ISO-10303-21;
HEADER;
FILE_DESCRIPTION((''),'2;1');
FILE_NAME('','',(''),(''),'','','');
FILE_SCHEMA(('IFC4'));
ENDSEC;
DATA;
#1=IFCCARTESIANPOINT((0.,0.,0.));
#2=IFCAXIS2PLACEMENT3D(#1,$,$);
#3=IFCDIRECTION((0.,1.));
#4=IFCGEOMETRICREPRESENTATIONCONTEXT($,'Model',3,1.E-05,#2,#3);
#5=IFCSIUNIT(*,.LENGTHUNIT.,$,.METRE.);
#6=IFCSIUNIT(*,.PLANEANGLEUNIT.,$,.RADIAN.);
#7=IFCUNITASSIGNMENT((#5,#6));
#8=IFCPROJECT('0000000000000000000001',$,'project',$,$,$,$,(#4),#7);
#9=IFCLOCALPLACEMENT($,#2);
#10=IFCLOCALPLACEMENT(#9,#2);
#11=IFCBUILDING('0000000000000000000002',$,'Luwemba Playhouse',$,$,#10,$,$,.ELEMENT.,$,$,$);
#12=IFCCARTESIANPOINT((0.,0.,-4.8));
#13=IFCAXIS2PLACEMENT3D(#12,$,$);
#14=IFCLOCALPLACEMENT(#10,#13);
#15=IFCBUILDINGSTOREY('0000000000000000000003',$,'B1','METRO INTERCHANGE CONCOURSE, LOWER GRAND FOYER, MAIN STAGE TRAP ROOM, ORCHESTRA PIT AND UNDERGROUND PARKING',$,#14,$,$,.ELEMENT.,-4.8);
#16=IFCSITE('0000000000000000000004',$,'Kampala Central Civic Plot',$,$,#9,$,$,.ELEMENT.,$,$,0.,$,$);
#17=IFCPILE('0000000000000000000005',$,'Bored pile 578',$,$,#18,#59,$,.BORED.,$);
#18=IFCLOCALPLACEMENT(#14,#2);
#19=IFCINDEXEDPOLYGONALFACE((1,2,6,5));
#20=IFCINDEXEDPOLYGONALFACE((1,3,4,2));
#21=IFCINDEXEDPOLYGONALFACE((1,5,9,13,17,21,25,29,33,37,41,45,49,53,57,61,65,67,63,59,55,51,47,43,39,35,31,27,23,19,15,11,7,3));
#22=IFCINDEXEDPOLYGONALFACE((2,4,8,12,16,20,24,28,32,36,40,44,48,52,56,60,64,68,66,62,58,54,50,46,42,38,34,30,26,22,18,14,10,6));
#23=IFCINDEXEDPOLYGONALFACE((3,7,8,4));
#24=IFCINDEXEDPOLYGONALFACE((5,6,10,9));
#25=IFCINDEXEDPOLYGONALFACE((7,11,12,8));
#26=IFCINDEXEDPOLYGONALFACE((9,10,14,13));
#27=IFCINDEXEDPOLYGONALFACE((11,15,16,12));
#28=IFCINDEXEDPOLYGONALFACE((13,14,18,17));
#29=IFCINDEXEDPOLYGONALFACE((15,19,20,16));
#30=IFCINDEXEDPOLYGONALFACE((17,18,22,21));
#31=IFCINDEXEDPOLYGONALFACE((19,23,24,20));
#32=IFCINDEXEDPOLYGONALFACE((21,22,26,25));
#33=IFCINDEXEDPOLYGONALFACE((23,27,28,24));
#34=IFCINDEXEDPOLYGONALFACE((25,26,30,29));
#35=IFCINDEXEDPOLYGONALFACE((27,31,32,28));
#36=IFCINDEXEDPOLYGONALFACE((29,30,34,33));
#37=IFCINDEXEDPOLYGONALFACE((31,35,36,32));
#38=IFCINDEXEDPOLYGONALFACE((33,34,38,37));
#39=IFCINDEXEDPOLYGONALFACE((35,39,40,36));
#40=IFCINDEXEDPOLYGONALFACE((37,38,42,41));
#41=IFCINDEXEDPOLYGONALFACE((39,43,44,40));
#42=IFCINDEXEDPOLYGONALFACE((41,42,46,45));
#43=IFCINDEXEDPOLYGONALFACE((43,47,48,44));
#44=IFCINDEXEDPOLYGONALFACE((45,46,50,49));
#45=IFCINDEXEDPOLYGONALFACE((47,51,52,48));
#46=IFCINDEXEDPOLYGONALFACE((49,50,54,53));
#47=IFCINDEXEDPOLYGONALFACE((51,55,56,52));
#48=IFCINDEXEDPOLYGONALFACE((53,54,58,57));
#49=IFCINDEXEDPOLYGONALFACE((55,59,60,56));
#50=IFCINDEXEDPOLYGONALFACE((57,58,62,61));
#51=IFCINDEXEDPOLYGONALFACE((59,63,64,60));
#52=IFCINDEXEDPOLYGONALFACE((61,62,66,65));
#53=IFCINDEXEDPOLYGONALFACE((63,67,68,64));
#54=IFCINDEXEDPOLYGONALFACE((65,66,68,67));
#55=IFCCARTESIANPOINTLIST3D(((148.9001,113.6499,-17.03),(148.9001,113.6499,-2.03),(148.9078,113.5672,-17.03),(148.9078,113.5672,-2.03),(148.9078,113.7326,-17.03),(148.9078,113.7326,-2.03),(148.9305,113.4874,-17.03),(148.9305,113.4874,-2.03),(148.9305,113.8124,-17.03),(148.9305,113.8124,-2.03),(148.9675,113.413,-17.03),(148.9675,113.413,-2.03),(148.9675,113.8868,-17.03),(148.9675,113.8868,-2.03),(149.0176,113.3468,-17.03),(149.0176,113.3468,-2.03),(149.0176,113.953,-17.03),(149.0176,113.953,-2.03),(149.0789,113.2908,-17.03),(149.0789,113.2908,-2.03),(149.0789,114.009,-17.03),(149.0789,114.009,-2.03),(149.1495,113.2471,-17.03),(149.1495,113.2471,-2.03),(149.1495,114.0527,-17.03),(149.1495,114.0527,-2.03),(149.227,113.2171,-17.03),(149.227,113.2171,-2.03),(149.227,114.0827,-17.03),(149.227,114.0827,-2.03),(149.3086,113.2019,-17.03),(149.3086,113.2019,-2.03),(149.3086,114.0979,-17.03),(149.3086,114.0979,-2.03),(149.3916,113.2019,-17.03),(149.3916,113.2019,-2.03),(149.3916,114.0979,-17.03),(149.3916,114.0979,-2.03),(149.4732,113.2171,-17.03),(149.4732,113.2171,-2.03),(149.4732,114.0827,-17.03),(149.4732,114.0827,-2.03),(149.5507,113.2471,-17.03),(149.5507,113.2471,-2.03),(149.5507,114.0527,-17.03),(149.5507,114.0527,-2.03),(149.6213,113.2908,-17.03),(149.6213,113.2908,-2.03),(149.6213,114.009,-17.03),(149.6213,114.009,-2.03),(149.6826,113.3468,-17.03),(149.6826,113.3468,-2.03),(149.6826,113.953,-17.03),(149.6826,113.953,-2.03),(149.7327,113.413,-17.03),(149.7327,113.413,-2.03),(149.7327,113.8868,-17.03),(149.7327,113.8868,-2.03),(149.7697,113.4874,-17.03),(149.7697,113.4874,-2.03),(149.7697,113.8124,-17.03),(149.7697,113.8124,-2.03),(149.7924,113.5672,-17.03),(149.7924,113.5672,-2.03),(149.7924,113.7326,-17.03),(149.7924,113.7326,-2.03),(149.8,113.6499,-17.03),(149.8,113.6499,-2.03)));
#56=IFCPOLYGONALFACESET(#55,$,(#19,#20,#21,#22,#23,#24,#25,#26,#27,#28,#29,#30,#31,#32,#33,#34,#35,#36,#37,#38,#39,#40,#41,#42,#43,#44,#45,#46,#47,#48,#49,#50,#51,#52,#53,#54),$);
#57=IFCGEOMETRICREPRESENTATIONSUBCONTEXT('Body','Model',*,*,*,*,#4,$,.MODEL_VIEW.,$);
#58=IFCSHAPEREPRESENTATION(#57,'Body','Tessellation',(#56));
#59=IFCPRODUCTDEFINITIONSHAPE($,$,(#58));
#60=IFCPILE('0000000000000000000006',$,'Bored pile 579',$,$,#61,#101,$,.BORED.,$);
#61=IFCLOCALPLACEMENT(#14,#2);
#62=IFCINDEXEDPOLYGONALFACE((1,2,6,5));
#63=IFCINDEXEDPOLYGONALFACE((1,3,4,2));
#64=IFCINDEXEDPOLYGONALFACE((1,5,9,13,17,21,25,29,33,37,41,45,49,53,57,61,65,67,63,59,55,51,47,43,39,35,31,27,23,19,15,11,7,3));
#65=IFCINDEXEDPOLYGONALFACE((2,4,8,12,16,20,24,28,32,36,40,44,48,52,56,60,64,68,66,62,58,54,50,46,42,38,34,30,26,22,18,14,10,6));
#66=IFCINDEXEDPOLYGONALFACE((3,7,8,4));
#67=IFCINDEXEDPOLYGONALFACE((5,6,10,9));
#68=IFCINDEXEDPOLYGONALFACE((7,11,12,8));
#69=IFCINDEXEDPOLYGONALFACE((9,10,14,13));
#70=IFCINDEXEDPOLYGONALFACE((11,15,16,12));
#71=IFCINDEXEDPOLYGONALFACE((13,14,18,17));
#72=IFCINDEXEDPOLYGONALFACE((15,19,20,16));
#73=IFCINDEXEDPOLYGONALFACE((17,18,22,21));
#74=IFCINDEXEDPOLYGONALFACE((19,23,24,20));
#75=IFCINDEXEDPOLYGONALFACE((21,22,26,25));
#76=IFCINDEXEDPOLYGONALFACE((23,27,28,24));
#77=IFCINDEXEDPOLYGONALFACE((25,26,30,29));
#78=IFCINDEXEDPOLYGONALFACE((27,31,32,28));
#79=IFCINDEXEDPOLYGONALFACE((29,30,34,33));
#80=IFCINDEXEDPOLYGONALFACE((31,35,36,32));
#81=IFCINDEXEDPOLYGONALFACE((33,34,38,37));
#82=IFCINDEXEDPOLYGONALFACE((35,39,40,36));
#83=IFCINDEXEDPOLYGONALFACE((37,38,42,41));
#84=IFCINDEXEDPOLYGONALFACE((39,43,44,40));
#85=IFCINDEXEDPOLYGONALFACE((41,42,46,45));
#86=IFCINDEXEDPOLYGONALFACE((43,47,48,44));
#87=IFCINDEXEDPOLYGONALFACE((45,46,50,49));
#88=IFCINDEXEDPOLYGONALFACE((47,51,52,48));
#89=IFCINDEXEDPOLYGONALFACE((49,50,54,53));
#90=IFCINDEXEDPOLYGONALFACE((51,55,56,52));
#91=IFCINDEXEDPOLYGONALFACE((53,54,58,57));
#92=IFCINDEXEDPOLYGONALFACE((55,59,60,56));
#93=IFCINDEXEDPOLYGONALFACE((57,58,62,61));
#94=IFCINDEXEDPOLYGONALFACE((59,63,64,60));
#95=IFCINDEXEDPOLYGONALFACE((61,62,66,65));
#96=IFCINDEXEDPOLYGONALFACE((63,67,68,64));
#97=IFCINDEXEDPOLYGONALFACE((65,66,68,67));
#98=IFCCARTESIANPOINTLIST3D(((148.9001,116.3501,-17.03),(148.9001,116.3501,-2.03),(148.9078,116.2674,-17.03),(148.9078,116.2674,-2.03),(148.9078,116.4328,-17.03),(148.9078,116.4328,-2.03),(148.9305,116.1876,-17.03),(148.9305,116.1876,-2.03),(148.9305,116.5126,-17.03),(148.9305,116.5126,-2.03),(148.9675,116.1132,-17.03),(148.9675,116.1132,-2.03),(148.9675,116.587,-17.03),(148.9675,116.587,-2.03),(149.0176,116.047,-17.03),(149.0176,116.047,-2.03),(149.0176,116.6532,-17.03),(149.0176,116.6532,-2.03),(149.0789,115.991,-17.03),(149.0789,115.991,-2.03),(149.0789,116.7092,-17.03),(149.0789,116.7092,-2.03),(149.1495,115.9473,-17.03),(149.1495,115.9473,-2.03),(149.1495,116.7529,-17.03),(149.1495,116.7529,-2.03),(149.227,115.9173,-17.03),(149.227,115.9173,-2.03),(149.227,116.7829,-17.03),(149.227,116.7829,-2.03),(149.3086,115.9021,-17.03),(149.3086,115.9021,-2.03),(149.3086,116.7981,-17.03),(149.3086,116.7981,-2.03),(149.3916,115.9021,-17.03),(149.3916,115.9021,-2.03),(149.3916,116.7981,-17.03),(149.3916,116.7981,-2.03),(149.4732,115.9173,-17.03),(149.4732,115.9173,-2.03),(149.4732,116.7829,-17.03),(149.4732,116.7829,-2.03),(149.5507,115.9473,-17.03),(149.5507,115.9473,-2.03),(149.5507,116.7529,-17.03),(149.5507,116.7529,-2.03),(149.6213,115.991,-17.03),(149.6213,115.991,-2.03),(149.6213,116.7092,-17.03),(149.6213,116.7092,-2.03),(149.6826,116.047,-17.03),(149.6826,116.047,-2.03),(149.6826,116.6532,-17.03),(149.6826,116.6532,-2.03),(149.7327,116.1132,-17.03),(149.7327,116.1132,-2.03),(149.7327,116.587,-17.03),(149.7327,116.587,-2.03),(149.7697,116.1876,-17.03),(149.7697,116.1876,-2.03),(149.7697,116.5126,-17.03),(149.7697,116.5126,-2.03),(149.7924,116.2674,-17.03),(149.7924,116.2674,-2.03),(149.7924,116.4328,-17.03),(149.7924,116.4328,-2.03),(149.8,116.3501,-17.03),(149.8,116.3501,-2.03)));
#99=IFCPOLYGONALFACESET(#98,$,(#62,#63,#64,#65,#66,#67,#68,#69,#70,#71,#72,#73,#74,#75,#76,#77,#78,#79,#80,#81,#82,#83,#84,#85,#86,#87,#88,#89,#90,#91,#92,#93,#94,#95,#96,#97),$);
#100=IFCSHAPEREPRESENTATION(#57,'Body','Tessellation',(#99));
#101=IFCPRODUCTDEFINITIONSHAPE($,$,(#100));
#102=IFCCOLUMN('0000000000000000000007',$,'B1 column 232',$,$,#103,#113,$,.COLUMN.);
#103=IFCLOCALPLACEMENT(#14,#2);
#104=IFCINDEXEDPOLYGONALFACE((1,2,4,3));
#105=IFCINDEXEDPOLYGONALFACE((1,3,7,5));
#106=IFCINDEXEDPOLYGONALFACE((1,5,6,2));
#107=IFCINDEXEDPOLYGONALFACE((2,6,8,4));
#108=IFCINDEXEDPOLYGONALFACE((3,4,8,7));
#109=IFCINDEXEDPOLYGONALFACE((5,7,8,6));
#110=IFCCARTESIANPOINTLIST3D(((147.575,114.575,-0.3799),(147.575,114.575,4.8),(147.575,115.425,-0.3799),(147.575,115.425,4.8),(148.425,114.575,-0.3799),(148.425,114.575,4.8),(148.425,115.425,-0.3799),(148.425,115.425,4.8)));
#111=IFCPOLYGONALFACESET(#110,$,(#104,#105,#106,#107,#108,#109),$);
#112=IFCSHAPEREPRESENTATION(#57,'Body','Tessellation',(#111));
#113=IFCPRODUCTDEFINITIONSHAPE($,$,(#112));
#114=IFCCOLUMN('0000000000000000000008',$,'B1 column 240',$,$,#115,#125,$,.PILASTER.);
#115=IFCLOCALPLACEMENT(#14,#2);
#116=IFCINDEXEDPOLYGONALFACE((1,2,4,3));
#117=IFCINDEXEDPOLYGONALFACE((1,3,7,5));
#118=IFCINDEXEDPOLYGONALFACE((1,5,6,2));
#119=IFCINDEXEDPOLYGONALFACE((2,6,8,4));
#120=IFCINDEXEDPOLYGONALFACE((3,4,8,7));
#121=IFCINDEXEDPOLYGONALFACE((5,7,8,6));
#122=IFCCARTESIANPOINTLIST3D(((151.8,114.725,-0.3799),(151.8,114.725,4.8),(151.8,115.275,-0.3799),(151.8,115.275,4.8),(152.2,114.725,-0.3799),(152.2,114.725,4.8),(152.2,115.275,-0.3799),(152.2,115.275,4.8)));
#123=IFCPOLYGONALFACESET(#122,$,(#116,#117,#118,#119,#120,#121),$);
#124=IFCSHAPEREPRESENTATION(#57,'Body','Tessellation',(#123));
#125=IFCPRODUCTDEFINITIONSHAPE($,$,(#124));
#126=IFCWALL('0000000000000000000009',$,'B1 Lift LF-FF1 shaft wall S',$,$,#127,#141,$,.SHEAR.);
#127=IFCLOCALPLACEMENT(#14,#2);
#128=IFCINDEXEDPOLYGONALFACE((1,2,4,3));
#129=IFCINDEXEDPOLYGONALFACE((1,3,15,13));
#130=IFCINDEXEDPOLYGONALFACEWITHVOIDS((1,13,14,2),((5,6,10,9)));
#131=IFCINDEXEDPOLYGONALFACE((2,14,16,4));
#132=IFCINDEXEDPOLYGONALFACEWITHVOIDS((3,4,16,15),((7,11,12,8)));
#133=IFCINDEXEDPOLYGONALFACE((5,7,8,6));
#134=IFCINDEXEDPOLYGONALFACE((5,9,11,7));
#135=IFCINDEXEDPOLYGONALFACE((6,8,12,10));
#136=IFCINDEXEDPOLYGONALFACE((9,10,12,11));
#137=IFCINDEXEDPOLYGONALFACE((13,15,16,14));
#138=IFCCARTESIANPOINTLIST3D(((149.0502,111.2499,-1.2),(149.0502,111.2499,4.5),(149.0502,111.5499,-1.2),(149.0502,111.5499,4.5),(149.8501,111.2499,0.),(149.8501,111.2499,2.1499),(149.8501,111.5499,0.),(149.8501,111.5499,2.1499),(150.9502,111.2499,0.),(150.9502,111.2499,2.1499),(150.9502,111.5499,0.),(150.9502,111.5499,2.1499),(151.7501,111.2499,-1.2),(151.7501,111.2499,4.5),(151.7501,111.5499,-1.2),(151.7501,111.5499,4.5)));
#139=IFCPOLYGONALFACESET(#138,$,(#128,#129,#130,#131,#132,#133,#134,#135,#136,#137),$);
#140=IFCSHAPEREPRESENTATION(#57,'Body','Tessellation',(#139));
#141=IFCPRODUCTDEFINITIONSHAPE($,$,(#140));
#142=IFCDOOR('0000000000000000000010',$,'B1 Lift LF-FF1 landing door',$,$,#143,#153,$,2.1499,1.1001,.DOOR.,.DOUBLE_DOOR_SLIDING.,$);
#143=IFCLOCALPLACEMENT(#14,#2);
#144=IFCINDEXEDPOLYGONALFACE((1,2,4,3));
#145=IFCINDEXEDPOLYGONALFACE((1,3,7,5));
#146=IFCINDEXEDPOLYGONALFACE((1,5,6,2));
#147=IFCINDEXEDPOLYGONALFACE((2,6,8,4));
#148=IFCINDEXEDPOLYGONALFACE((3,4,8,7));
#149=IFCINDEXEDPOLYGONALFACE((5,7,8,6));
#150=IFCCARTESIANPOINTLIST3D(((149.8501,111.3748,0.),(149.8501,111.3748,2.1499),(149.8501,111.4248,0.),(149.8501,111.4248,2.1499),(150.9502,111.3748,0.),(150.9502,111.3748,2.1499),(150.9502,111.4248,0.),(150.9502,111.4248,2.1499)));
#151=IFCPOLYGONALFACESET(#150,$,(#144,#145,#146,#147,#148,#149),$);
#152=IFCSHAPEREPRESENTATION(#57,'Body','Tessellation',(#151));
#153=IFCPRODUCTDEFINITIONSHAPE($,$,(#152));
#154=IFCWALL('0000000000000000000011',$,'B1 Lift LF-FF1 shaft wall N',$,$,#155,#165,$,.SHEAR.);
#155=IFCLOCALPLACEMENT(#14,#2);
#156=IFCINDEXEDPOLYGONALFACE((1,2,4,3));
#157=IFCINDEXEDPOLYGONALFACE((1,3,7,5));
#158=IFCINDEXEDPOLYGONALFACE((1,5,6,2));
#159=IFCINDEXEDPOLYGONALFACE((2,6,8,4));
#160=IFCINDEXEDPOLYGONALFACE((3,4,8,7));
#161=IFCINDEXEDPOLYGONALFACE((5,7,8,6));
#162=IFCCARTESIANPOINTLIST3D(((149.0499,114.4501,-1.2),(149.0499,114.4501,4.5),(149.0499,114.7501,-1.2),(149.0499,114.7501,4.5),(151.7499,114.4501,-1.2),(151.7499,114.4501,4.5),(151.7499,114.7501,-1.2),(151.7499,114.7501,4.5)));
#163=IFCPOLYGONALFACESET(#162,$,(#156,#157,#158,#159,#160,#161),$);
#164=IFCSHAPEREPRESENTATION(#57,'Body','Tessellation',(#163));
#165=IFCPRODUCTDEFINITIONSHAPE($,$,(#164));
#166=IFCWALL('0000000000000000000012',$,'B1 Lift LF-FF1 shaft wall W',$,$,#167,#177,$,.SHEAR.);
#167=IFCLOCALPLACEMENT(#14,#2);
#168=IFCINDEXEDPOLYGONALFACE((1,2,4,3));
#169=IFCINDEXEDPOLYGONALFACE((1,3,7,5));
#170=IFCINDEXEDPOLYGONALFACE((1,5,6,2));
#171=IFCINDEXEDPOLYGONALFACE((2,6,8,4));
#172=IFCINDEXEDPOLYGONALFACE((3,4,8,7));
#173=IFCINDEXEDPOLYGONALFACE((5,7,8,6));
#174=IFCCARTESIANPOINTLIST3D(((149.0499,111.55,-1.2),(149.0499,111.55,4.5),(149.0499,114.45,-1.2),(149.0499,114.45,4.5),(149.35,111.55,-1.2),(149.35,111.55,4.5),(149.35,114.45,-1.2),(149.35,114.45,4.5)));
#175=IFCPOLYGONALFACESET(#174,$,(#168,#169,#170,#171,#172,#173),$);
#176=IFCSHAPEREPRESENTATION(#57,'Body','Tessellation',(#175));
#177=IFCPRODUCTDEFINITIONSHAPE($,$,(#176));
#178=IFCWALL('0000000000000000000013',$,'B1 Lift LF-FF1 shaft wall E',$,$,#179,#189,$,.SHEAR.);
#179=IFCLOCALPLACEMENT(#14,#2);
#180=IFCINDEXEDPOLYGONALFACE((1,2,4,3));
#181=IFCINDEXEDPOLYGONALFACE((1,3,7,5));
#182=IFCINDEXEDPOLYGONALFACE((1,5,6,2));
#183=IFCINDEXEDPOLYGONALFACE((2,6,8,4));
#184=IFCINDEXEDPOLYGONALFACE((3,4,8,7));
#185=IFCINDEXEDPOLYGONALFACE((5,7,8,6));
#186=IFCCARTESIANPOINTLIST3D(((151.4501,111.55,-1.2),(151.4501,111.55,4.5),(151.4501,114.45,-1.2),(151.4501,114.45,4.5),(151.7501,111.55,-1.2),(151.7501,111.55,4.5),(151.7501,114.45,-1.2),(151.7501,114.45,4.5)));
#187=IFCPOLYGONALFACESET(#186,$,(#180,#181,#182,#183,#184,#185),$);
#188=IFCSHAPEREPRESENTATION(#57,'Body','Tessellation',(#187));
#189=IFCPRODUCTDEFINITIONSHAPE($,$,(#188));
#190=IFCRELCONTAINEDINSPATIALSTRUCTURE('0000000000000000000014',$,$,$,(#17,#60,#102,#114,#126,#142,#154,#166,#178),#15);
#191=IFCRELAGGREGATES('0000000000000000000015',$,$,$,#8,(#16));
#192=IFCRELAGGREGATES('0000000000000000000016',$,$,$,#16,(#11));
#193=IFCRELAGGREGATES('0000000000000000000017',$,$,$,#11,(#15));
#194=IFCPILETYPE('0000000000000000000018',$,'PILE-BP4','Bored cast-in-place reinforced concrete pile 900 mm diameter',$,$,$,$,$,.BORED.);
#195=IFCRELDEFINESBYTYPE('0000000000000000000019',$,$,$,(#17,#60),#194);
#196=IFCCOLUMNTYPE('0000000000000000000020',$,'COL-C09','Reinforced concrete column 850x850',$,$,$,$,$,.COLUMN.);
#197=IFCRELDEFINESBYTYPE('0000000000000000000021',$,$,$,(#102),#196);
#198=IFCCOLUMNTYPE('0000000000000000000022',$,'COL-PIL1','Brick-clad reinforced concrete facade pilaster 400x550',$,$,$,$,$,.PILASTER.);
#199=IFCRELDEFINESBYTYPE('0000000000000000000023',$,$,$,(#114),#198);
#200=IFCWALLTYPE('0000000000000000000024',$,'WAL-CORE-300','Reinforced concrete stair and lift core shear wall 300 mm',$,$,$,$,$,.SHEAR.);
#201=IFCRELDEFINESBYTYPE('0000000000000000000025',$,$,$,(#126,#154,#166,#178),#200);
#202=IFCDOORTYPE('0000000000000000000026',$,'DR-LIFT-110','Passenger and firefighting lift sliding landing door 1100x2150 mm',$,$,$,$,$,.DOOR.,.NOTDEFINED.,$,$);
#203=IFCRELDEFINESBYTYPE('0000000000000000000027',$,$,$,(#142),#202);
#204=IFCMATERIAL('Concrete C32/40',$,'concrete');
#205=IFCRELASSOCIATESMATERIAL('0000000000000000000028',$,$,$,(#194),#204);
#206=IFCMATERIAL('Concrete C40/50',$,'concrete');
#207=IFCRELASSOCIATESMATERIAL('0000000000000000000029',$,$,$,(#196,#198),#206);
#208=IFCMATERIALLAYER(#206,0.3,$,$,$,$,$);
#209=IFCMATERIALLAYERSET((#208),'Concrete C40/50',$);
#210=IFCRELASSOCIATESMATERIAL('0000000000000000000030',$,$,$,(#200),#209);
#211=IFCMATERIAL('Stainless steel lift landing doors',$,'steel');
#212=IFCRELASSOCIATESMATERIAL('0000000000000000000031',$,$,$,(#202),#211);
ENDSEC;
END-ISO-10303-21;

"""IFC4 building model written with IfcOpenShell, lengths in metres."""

from ifc_helpers import new_model, si_unit, direction, frame, frame_2d, origin, origin_2d, place, context, subcontext, project, spatial, rectangle, circle, extrude, material, layer, layer_set, material_profile, profile_set, type_object, element, fill, save


model = new_model("IFC4")

# Units and contexts
model_context = context("Model", 3, precision=1e-05, world=origin(), true_north=direction((0.0, 1.0)))
body_context = subcontext(model_context, "Body", "Model", "MODEL_VIEW")
ifc_project = project(units=[si_unit("LENGTHUNIT", "METRE"), si_unit("PLANEANGLEUNIT", "RADIAN")], contexts=[model_context])

# Site, building, storey
site_placement = place(None, origin())
site = spatial("IfcSite", under=ifc_project, at=site_placement, Name="Kampala Central Civic Plot", CompositionType="ELEMENT", RefElevation=0.0)
building_placement = place(site_placement, origin())
building = spatial("IfcBuilding", under=site, at=building_placement, Name="Luwemba Playhouse", CompositionType="ELEMENT")
storey_placement = place(building_placement, frame((0.0, 0.0, -4.8)))
storey = spatial("IfcBuildingStorey", under=building, at=storey_placement, Name="B1", Description="METRO INTERCHANGE CONCOURSE, LOWER GRAND FOYER, MAIN STAGE TRAP ROOM, ORCHESTRA PIT AND UNDERGROUND PARKING", CompositionType="ELEMENT", Elevation=-4.8)

# Shared definitions
ifc_material_1 = material(Name="Concrete C32/40", Category="concrete")

# Piles
ifc_material_profile_1 = material_profile(ifc_material_1, circle(Radius=0.45, at=origin_2d()))
ifc_profile_set_1 = profile_set([ifc_material_profile_1], Name="Concrete C32/40")
pile_type_1 = type_object("IfcPileType", Name="PILE-BP4", Description="Bored cast-in-place reinforced concrete pile 900 mm diameter", PredefinedType="BORED", material=ifc_profile_set_1)
for number, where, z_axis, x_axis, name in (
    (1, (149.3501, 113.6499, -2.03), (0.0, 0.0, -1.0), (1.0, 0.0, 0.0), "Bored pile 578"),
    (2, (149.3501, 116.3501, -2.03), (0.0, 0.0, -1.0), (1.0, 0.0, 0.0), "Bored pile 579"),
):
    element("IfcPile", number, at=place(storey_placement, frame(where, z_axis=z_axis, x_axis=x_axis)), inside=storey, type_object=pile_type_1, Name=name, PredefinedType="BORED", context=body_context, shape_type="SweptSolid", body=[
        extrude(circle(Radius=0.45, at=origin_2d()), origin(), (0.0, 0.0, 1.0), 15.0),
    ])

# Columns
ifc_material_2 = material(Name="Concrete C40/50", Category="concrete")
ifc_material_profile_2 = material_profile(ifc_material_2, rectangle(XDim=0.8501, YDim=0.8501, at=origin_2d()))
ifc_profile_set_2 = profile_set([ifc_material_profile_2], Name="Concrete C40/50")
column_type_1 = type_object("IfcColumnType", Name="COL-C09", Description="Reinforced concrete column 850x850", PredefinedType="COLUMN", material=ifc_profile_set_2)
column_1_placement = place(storey_placement, frame((148.0, 115.0, -0.3799), z_axis=(0.0, 0.0, 1.0), x_axis=(1.0, 0.0, 0.0)))
element("IfcColumn", 3, at=column_1_placement, inside=storey, type_object=column_type_1, Name="B1 column 232", PredefinedType="COLUMN", context=body_context, shape_type="SweptSolid", body=[
    extrude(rectangle(XDim=0.8501, YDim=0.8501, at=origin_2d()), origin(), (0.0, 0.0, 1.0), 5.1799),
])
ifc_material_profile_3 = material_profile(ifc_material_2, rectangle(XDim=0.3999, YDim=0.55, at=origin_2d()))
ifc_profile_set_3 = profile_set([ifc_material_profile_3], Name="Concrete C40/50")
column_type_2 = type_object("IfcColumnType", Name="COL-PIL1", Description="Brick-clad reinforced concrete facade pilaster 400x550", PredefinedType="PILASTER", material=ifc_profile_set_3)
column_2_placement = place(storey_placement, frame((152.0, 115.0, -0.3799), z_axis=(0.0, 0.0, 1.0), x_axis=(1.0, 0.0, 0.0)))
element("IfcColumn", 4, at=column_2_placement, inside=storey, type_object=column_type_2, Name="B1 column 240", PredefinedType="PILASTER", context=body_context, shape_type="SweptSolid", body=[
    extrude(rectangle(XDim=0.3999, YDim=0.55, at=origin_2d()), origin(), (0.0, 0.0, 1.0), 5.1799),
])

# Wall, opening, door
ifc_layer_1 = layer(ifc_material_2, 0.3)
ifc_layer_set_1 = layer_set([ifc_layer_1], Name="Concrete C40/50")
wall_type_1 = type_object("IfcWallType", Name="WAL-CORE-300", Description="Reinforced concrete stair and lift core shear wall 300 mm", PredefinedType="SHEAR", material=ifc_layer_set_1)
wall_1_placement = place(storey_placement, frame((149.05, 111.3999, -1.2), z_axis=(0.0, 0.0, 1.0), x_axis=(1.0, 0.0, 0.0)))
wall_1 = element("IfcWall", 5, at=wall_1_placement, inside=storey, type_object=wall_type_1, Name="B1 Lift LF-FF1 shaft wall S", PredefinedType="SHEAR", context=body_context, shape_type="SweptSolid", body=[
    extrude(rectangle(XDim=2.7, YDim=0.3, at=frame_2d((1.3501, 0.0))), origin(), (0.0, 0.0, 1.0), 5.7),
])
opening_1_placement = place(wall_1_placement, frame((0.8, 0.0, 1.2)))
opening_1 = element("IfcOpeningElement", 6, at=opening_1_placement, cuts=wall_1, PredefinedType="OPENING", context=body_context, shape_type="SweptSolid", body=[
    extrude(rectangle(XDim=1.1001, YDim=2.1499, at=frame_2d((0.55, 1.075))), frame((0.0, 0.1599, 0.0), z_axis=(0.0, -1.0, 0.0), x_axis=(1.0, 0.0, 0.0)), (0.0, 0.0, 1.0), 0.3201),
])
ifc_material_3 = material(Name="Stainless steel lift landing doors", Category="steel")
door_type_1 = type_object("IfcDoorType", Name="DR-LIFT-110", Description="Passenger and firefighting lift sliding landing door 1100x2150 mm", OperationType="NOTDEFINED", PredefinedType="DOOR", material=ifc_material_3)
door_1_placement = place(opening_1_placement, origin())
door_1 = element("IfcDoor", 7, at=door_1_placement, inside=storey, type_object=door_type_1, Name="B1 Lift LF-FF1 landing door", OperationType="DOUBLE_DOOR_SLIDING", OverallHeight=2.1499, OverallWidth=1.1001, PredefinedType="DOOR", context=body_context, shape_type="SweptSolid", body=[
    extrude(rectangle(XDim=1.1001, YDim=2.1499, at=frame_2d((0.55, 1.075))), frame((0.0, 0.0249, 0.0), z_axis=(0.0, -1.0, 0.0), x_axis=(1.0, 0.0, 0.0)), (0.0, 0.0, 1.0), 0.05),
])
fill(opening_1, door_1)

# Walls
wall_2_placement = place(storey_placement, frame((151.75, 114.6001, -1.2), z_axis=(0.0, 0.0, 1.0), x_axis=(-1.0, 0.0, 0.0)))
element("IfcWall", 8, at=wall_2_placement, inside=storey, type_object=wall_type_1, Name="B1 Lift LF-FF1 shaft wall N", PredefinedType="SHEAR", context=body_context, shape_type="SweptSolid", body=[
    extrude(rectangle(XDim=2.7, YDim=0.3, at=frame_2d((1.3501, 0.0))), origin(), (0.0, 0.0, 1.0), 5.7),
])
for number, where, z_axis, x_axis, name in (
    (9, (149.2, 111.55, -1.2), (0.0, 0.0, 1.0), (0.0, 1.0, 0.0), "B1 Lift LF-FF1 shaft wall W"),
    (10, (151.6001, 114.45, -1.2), (0.0, 0.0, 1.0), (0.0, -1.0, 0.0), "B1 Lift LF-FF1 shaft wall E"),
):
    element("IfcWall", number, at=place(storey_placement, frame(where, z_axis=z_axis, x_axis=x_axis)), inside=storey, type_object=wall_type_1, Name=name, PredefinedType="SHEAR", context=body_context, shape_type="SweptSolid", body=[
        extrude(rectangle(XDim=2.8999, YDim=0.3, at=frame_2d((1.45, 0.0))), origin(), (0.0, 0.0, 1.0), 5.7),
    ])

save(model, "model.ifc")
